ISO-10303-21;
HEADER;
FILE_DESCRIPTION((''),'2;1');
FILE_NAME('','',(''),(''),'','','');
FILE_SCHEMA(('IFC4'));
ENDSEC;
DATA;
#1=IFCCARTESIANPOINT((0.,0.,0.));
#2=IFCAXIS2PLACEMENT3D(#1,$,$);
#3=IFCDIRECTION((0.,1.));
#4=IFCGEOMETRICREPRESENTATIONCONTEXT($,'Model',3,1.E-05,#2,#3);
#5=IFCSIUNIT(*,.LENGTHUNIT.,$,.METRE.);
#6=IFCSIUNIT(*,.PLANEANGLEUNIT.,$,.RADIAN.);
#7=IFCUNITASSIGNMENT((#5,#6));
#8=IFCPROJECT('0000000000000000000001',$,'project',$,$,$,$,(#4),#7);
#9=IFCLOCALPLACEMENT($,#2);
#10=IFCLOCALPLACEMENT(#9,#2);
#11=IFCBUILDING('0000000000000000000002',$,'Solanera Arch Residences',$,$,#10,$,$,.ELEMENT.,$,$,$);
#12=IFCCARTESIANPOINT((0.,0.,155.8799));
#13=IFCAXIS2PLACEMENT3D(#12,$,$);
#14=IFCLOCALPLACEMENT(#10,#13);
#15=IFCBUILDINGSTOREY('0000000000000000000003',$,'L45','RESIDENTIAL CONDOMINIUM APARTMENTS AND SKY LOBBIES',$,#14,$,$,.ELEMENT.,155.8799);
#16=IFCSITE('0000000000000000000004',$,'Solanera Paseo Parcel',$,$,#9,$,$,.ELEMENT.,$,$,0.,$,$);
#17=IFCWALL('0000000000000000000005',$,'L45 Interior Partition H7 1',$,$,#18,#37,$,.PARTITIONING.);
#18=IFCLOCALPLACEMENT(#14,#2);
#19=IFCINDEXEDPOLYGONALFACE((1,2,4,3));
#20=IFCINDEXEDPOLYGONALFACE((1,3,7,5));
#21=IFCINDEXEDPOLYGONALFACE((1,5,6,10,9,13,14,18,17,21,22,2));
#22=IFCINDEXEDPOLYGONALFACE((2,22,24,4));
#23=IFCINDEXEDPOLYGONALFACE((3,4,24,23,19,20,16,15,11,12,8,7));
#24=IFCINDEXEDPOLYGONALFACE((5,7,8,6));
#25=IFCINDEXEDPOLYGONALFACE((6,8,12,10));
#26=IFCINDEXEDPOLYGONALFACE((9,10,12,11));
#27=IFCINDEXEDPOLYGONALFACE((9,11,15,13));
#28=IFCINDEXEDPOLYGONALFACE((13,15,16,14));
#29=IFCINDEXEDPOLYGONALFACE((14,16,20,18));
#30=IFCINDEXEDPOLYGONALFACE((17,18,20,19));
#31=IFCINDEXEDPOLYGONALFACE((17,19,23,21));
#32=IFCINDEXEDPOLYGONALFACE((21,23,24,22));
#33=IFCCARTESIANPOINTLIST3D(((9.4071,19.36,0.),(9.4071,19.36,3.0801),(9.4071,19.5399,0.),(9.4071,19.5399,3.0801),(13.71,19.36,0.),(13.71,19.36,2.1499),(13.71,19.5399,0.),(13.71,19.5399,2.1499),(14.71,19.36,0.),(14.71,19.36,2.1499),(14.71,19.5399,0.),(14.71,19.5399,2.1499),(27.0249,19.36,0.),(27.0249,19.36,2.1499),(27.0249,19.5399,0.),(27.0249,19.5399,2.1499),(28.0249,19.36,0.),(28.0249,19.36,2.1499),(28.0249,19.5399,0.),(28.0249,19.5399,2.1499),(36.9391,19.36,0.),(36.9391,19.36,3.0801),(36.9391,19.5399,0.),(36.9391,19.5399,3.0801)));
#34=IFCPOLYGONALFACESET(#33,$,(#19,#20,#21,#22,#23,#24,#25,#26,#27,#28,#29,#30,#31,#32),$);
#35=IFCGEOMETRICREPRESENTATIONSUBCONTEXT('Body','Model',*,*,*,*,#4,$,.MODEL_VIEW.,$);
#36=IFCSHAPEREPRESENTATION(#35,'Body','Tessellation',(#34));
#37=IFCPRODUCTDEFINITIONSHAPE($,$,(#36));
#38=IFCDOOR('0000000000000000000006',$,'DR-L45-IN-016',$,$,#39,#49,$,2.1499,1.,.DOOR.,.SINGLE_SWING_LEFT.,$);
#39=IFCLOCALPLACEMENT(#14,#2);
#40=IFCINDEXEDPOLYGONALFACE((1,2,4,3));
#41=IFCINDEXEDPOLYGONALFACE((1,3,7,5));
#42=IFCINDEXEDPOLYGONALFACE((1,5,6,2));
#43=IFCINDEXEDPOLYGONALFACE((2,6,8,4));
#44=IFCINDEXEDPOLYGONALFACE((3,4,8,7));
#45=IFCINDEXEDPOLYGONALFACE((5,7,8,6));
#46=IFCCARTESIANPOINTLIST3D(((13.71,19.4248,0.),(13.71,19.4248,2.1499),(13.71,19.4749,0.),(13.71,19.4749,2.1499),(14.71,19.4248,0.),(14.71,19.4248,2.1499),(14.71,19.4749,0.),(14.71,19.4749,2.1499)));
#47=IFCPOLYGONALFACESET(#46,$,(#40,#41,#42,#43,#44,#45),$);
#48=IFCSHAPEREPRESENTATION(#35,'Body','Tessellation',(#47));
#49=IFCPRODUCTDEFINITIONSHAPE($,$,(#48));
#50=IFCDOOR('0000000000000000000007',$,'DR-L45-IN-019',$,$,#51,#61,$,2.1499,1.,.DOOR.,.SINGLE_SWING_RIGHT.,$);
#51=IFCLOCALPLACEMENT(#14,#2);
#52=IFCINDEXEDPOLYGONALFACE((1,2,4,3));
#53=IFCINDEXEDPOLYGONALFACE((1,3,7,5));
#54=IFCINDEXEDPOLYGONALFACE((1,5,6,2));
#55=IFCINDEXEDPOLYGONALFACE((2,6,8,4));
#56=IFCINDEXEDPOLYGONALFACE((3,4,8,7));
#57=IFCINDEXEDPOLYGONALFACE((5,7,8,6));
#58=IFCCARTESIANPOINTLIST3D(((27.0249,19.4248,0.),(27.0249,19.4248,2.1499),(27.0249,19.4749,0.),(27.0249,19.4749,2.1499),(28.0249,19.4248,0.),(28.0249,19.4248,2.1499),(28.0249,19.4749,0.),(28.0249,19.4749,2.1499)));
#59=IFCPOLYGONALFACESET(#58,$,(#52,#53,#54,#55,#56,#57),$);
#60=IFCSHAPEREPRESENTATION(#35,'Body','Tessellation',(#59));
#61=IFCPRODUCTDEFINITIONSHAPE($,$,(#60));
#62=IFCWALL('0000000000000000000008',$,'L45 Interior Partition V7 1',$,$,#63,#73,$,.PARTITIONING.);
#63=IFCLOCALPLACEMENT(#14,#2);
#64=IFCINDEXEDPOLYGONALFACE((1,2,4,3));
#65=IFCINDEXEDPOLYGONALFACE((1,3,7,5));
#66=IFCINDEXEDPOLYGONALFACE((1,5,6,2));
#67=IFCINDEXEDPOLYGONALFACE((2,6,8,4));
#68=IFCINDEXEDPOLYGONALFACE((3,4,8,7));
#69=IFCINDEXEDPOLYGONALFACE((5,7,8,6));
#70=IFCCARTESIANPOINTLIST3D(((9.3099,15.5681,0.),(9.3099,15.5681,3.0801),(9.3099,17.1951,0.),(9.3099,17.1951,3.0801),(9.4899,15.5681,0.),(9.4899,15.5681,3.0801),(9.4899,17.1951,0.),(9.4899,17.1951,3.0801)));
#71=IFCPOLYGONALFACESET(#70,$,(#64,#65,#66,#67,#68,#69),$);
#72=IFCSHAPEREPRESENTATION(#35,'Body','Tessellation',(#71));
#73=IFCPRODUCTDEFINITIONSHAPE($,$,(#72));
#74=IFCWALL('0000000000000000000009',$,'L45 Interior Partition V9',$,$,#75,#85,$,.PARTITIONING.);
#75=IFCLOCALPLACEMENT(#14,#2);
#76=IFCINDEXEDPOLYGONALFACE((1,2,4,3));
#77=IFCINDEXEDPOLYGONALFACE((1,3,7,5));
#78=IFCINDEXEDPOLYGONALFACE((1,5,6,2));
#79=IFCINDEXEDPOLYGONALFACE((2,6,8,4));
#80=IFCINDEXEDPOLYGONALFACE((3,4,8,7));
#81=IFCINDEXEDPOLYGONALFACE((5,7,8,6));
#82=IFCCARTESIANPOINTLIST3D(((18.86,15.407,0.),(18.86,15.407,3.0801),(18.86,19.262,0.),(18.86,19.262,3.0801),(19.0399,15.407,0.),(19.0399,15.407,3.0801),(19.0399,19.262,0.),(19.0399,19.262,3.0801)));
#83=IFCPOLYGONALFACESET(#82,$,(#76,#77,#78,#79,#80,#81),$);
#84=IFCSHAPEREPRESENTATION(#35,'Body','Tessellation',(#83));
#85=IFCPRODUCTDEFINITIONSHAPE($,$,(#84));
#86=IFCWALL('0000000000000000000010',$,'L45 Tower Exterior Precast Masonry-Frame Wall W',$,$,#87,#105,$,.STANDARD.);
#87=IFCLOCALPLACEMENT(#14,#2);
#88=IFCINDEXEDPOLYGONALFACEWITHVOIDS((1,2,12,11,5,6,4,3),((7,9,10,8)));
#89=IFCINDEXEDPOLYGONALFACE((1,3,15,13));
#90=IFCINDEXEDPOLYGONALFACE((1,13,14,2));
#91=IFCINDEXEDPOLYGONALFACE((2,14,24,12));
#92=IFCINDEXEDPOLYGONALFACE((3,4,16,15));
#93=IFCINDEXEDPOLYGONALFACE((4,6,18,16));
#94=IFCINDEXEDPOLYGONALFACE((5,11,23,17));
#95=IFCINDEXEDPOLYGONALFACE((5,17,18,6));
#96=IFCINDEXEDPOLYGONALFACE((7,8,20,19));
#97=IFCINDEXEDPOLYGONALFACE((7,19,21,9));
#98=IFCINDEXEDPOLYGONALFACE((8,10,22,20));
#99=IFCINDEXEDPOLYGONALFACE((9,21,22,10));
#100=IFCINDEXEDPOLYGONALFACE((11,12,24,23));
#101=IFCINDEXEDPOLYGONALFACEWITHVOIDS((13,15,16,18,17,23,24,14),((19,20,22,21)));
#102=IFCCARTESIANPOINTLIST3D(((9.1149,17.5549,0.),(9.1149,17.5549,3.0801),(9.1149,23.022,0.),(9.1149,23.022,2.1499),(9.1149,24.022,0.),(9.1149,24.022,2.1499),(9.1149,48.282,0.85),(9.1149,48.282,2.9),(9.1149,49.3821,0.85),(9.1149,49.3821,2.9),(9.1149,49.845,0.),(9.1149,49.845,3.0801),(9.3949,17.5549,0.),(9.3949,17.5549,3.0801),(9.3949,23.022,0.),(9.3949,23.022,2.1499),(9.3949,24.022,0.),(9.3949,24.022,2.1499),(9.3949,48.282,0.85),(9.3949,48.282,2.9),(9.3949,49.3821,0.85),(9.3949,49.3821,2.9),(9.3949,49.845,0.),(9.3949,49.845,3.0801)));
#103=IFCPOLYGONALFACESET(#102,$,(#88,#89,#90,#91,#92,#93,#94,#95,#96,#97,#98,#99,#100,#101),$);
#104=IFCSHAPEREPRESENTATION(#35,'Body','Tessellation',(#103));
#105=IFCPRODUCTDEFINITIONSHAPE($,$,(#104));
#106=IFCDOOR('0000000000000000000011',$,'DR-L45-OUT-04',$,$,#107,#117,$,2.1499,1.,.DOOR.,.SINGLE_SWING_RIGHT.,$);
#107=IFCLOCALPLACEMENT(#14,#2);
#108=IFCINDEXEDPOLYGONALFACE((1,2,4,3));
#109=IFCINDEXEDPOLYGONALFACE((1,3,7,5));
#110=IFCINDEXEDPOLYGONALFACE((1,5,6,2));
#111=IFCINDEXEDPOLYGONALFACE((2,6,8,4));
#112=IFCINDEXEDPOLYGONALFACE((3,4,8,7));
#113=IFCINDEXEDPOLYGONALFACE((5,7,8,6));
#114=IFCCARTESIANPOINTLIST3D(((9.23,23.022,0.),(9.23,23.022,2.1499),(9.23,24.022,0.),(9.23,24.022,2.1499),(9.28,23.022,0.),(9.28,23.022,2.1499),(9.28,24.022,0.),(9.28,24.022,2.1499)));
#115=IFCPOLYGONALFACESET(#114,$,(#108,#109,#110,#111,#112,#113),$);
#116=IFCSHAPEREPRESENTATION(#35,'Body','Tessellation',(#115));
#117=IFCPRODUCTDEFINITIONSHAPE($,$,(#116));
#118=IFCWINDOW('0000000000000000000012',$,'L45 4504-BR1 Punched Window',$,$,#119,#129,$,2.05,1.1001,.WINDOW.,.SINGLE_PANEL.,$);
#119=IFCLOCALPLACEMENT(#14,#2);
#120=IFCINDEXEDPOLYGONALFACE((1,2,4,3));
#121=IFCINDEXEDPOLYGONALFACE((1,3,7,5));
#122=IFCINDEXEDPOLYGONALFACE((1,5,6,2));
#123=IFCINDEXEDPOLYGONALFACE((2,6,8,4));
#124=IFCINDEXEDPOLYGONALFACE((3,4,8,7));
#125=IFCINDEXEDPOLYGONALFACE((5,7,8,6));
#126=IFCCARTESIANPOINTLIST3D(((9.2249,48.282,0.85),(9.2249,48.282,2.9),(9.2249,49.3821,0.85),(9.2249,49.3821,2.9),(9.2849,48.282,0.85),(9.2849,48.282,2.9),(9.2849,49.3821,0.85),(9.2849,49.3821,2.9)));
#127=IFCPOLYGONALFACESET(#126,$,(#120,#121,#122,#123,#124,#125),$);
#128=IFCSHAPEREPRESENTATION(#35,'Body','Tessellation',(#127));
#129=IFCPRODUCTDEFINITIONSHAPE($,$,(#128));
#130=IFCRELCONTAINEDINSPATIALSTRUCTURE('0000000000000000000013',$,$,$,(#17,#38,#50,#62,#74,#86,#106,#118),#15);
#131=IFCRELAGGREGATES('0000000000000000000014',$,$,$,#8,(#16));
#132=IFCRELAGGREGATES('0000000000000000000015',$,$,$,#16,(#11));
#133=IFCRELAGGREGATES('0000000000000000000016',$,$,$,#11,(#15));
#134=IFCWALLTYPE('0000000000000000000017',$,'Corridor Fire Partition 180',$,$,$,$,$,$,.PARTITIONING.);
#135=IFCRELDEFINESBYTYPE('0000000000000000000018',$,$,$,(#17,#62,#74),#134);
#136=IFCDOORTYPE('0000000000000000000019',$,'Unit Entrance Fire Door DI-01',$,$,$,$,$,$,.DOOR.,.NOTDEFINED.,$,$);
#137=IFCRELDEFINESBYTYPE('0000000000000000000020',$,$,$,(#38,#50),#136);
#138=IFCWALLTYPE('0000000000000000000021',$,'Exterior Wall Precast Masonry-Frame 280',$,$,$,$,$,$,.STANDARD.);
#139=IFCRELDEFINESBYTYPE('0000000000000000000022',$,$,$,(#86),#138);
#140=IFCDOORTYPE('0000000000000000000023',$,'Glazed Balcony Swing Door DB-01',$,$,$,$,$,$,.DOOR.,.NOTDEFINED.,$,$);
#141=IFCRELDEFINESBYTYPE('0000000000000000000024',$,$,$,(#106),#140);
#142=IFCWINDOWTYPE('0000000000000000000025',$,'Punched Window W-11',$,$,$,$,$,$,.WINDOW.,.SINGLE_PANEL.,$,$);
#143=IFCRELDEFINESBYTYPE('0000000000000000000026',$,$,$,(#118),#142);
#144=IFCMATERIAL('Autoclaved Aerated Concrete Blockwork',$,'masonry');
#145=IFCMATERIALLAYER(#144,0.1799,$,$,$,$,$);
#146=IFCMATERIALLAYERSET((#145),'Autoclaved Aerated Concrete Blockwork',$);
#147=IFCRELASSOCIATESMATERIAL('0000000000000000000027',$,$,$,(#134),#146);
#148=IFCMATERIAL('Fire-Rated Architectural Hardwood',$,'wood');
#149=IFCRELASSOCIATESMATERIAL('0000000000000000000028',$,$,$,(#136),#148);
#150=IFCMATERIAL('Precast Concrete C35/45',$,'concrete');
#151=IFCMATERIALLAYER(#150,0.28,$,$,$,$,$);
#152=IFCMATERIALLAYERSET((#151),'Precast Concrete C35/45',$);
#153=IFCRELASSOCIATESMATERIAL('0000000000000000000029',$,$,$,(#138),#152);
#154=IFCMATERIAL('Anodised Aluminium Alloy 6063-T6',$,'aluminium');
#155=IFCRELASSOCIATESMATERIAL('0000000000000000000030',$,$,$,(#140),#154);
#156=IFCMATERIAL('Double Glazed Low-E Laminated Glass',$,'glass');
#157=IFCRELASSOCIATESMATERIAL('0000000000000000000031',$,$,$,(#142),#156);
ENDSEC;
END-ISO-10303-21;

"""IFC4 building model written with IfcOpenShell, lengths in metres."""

from ifc_helpers import new_model, si_unit, direction, frame, frame_2d, origin, place, context, subcontext, project, spatial, rectangle, extrude, material, layer, layer_set, type_object, element, fill, save


model = new_model("IFC4")

# Units and contexts
model_context = context("Model", 3, precision=1e-05, world=origin(), true_north=direction((0.0, 1.0)))
body_context = subcontext(model_context, "Body", "Model", "MODEL_VIEW")
ifc_project = project(units=[si_unit("LENGTHUNIT", "METRE"), si_unit("PLANEANGLEUNIT", "RADIAN")], contexts=[model_context])

# Site, building, storey
site_placement = place(None, origin())
site = spatial("IfcSite", under=ifc_project, at=site_placement, Name="Solanera Paseo Parcel", CompositionType="ELEMENT", RefElevation=0.0)
building_placement = place(site_placement, origin())
building = spatial("IfcBuilding", under=site, at=building_placement, Name="Solanera Arch Residences", CompositionType="ELEMENT")
storey_placement = place(building_placement, frame((0.0, 0.0, 155.8799)))
storey = spatial("IfcBuildingStorey", under=building, at=storey_placement, Name="L45", Description="RESIDENTIAL CONDOMINIUM APARTMENTS AND SKY LOBBIES", CompositionType="ELEMENT", Elevation=155.8799)

# Wall, openings, doors
ifc_material_1 = material(Name="Autoclaved Aerated Concrete Blockwork", Category="masonry")
ifc_layer_1 = layer(ifc_material_1, 0.1799)
ifc_layer_set_1 = layer_set([ifc_layer_1], Name="Autoclaved Aerated Concrete Blockwork")
wall_type_1 = type_object("IfcWallType", Name="Corridor Fire Partition 180", PredefinedType="PARTITIONING", material=ifc_layer_set_1)
wall_1_placement = place(storey_placement, frame((9.407, 19.45, 0.0), z_axis=(0.0, 0.0, 1.0), x_axis=(1.0, 0.0, 0.0)))
wall_1 = element("IfcWall", 1, at=wall_1_placement, inside=storey, type_object=wall_type_1, Name="L45 Interior Partition H7 1", PredefinedType="PARTITIONING", context=body_context, shape_type="SweptSolid", body=[
    extrude(rectangle(XDim=27.532, YDim=0.1799, at=frame_2d((13.7661, 0.0))), origin(), (0.0, 0.0, 1.0), 3.0801),
])
opening_1_placement = place(wall_1_placement, frame((4.303, 0.0, 0.0)))
opening_1 = element("IfcOpeningElement", 2, at=opening_1_placement, cuts=wall_1, PredefinedType="OPENING", context=body_context, shape_type="SweptSolid", body=[
    extrude(rectangle(XDim=1.0, YDim=2.1499, at=frame_2d((0.5, 1.075))), frame((0.0, 0.1001, 0.0), z_axis=(0.0, -1.0, 0.0), x_axis=(1.0, 0.0, 0.0)), (0.0, 0.0, 1.0), 0.1999),
])
opening_2_placement = place(wall_1_placement, frame((17.6179, 0.0, 0.0)))
opening_2 = element("IfcOpeningElement", 3, at=opening_2_placement, cuts=wall_1, PredefinedType="OPENING", context=body_context, shape_type="SweptSolid", body=[
    extrude(rectangle(XDim=1.0, YDim=2.1499, at=frame_2d((0.5, 1.075))), frame((0.0, 0.1001, 0.0), z_axis=(0.0, -1.0, 0.0), x_axis=(1.0, 0.0, 0.0)), (0.0, 0.0, 1.0), 0.1999),
])
ifc_material_2 = material(Name="Fire-Rated Architectural Hardwood", Category="wood")
door_type_1 = type_object("IfcDoorType", Name="Unit Entrance Fire Door DI-01", OperationType="NOTDEFINED", PredefinedType="DOOR", material=ifc_material_2)
door_1_placement = place(opening_1_placement, origin())
door_1 = element("IfcDoor", 4, at=door_1_placement, inside=storey, type_object=door_type_1, Name="DR-L45-IN-016", OperationType="SINGLE_SWING_LEFT", OverallHeight=2.1499, OverallWidth=1.0, PredefinedType="DOOR", context=body_context, shape_type="SweptSolid", body=[
    extrude(rectangle(XDim=1.0, YDim=2.1499, at=frame_2d((0.5, 1.075))), frame((0.0, 0.0249, 0.0), z_axis=(0.0, -1.0, 0.0), x_axis=(1.0, 0.0, 0.0)), (0.0, 0.0, 1.0), 0.05),
])
fill(opening_1, door_1)
door_2_placement = place(opening_2_placement, origin())
door_2 = element("IfcDoor", 5, at=door_2_placement, inside=storey, type_object=door_type_1, Name="DR-L45-IN-019", OperationType="SINGLE_SWING_RIGHT", OverallHeight=2.1499, OverallWidth=1.0, PredefinedType="DOOR", context=body_context, shape_type="SweptSolid", body=[
    extrude(rectangle(XDim=1.0, YDim=2.1499, at=frame_2d((0.5, 1.075))), frame((0.0, 0.0249, 0.0), z_axis=(0.0, -1.0, 0.0), x_axis=(1.0, 0.0, 0.0)), (0.0, 0.0, 1.0), 0.05),
])
fill(opening_2, door_2)

# Walls
wall_2_placement = place(storey_placement, frame((9.3999, 15.5681, 0.0), z_axis=(0.0, 0.0, 1.0), x_axis=(0.0, 1.0, 0.0)))
element("IfcWall", 6, at=wall_2_placement, inside=storey, type_object=wall_type_1, Name="L45 Interior Partition V7 1", PredefinedType="PARTITIONING", context=body_context, shape_type="SweptSolid", body=[
    extrude(rectangle(XDim=1.627, YDim=0.1799, at=frame_2d((0.8135, 0.0))), origin(), (0.0, 0.0, 1.0), 3.0801),
])
wall_3_placement = place(storey_placement, frame((18.95, 15.407, 0.0), z_axis=(0.0, 0.0, 1.0), x_axis=(0.0, 1.0, 0.0)))
element("IfcWall", 7, at=wall_3_placement, inside=storey, type_object=wall_type_1, Name="L45 Interior Partition V9", PredefinedType="PARTITIONING", context=body_context, shape_type="SweptSolid", body=[
    extrude(rectangle(XDim=3.855, YDim=0.1799, at=frame_2d((1.9275, 0.0))), origin(), (0.0, 0.0, 1.0), 3.0801),
])

# Wall, openings, door, window
ifc_material_3 = material(Name="Precast Concrete C35/45", Category="concrete")
ifc_layer_2 = layer(ifc_material_3, 0.28)
ifc_layer_set_2 = layer_set([ifc_layer_2], Name="Precast Concrete C35/45")
wall_type_2 = type_object("IfcWallType", Name="Exterior Wall Precast Masonry-Frame 280", PredefinedType="STANDARD", material=ifc_layer_set_2)
wall_4_placement = place(storey_placement, frame((9.2549, 17.5549, 0.0), z_axis=(0.0, 0.0, 1.0), x_axis=(0.0, 1.0, 0.0)))
wall_4 = element("IfcWall", 8, at=wall_4_placement, inside=storey, type_object=wall_type_2, Name="L45 Tower Exterior Precast Masonry-Frame Wall W", PredefinedType="STANDARD", context=body_context, shape_type="SweptSolid", body=[
    extrude(rectangle(XDim=32.29, YDim=0.28, at=frame_2d((16.145, 0.0))), origin(), (0.0, 0.0, 1.0), 3.0801),
])
opening_3_placement = place(wall_4_placement, frame((5.467, 0.0, 0.0)))
opening_3 = element("IfcOpeningElement", 9, at=opening_3_placement, cuts=wall_4, PredefinedType="OPENING", context=body_context, shape_type="SweptSolid", body=[
    extrude(rectangle(XDim=1.0, YDim=2.1499, at=frame_2d((0.5, 1.075))), frame((0.0, 0.1499, 0.0), z_axis=(0.0, -1.0, 0.0), x_axis=(1.0, 0.0, 0.0)), (0.0, 0.0, 1.0), 0.3),
])
opening_4_placement = place(wall_4_placement, frame((30.7271, 0.0, 0.8501)))
opening_4 = element("IfcOpeningElement", 10, at=opening_4_placement, cuts=wall_4, PredefinedType="OPENING", context=body_context, shape_type="SweptSolid", body=[
    extrude(rectangle(XDim=1.1001, YDim=2.05, at=frame_2d((0.55, 1.0249))), frame((0.0, 0.1499, 0.0), z_axis=(0.0, -1.0, 0.0), x_axis=(1.0, 0.0, 0.0)), (0.0, 0.0, 1.0), 0.3),
])
ifc_material_4 = material(Name="Anodised Aluminium Alloy 6063-T6", Category="aluminium")
door_type_2 = type_object("IfcDoorType", Name="Glazed Balcony Swing Door DB-01", OperationType="NOTDEFINED", PredefinedType="DOOR", material=ifc_material_4)
door_3_placement = place(opening_3_placement, origin())
door_3 = element("IfcDoor", 11, at=door_3_placement, inside=storey, type_object=door_type_2, Name="DR-L45-OUT-04", OperationType="SINGLE_SWING_RIGHT", OverallHeight=2.1499, OverallWidth=1.0, PredefinedType="DOOR", context=body_context, shape_type="SweptSolid", body=[
    extrude(rectangle(XDim=1.0, YDim=2.1499, at=frame_2d((0.5, 1.075))), frame((0.0, 0.0249, 0.0), z_axis=(0.0, -1.0, 0.0), x_axis=(1.0, 0.0, 0.0)), (0.0, 0.0, 1.0), 0.05),
])
fill(opening_3, door_3)
ifc_material_5 = material(Name="Double Glazed Low-E Laminated Glass", Category="glass")
window_type = type_object("IfcWindowType", Name="Punched Window W-11", PartitioningType="SINGLE_PANEL", PredefinedType="WINDOW", material=ifc_material_5)
window_placement = place(opening_4_placement, origin())
window = element("IfcWindow", 12, at=window_placement, inside=storey, type_object=window_type, Name="L45 4504-BR1 Punched Window", OverallHeight=2.05, OverallWidth=1.1001, PartitioningType="SINGLE_PANEL", PredefinedType="WINDOW", context=body_context, shape_type="SweptSolid", body=[
    extrude(rectangle(XDim=1.1001, YDim=2.05, at=frame_2d((0.55, 1.0249))), frame((0.0, 0.03, 0.0), z_axis=(0.0, -1.0, 0.0), x_axis=(1.0, 0.0, 0.0)), (0.0, 0.0, 1.0), 0.0601),
])
fill(opening_4, window)

save(model, "model.ifc")
